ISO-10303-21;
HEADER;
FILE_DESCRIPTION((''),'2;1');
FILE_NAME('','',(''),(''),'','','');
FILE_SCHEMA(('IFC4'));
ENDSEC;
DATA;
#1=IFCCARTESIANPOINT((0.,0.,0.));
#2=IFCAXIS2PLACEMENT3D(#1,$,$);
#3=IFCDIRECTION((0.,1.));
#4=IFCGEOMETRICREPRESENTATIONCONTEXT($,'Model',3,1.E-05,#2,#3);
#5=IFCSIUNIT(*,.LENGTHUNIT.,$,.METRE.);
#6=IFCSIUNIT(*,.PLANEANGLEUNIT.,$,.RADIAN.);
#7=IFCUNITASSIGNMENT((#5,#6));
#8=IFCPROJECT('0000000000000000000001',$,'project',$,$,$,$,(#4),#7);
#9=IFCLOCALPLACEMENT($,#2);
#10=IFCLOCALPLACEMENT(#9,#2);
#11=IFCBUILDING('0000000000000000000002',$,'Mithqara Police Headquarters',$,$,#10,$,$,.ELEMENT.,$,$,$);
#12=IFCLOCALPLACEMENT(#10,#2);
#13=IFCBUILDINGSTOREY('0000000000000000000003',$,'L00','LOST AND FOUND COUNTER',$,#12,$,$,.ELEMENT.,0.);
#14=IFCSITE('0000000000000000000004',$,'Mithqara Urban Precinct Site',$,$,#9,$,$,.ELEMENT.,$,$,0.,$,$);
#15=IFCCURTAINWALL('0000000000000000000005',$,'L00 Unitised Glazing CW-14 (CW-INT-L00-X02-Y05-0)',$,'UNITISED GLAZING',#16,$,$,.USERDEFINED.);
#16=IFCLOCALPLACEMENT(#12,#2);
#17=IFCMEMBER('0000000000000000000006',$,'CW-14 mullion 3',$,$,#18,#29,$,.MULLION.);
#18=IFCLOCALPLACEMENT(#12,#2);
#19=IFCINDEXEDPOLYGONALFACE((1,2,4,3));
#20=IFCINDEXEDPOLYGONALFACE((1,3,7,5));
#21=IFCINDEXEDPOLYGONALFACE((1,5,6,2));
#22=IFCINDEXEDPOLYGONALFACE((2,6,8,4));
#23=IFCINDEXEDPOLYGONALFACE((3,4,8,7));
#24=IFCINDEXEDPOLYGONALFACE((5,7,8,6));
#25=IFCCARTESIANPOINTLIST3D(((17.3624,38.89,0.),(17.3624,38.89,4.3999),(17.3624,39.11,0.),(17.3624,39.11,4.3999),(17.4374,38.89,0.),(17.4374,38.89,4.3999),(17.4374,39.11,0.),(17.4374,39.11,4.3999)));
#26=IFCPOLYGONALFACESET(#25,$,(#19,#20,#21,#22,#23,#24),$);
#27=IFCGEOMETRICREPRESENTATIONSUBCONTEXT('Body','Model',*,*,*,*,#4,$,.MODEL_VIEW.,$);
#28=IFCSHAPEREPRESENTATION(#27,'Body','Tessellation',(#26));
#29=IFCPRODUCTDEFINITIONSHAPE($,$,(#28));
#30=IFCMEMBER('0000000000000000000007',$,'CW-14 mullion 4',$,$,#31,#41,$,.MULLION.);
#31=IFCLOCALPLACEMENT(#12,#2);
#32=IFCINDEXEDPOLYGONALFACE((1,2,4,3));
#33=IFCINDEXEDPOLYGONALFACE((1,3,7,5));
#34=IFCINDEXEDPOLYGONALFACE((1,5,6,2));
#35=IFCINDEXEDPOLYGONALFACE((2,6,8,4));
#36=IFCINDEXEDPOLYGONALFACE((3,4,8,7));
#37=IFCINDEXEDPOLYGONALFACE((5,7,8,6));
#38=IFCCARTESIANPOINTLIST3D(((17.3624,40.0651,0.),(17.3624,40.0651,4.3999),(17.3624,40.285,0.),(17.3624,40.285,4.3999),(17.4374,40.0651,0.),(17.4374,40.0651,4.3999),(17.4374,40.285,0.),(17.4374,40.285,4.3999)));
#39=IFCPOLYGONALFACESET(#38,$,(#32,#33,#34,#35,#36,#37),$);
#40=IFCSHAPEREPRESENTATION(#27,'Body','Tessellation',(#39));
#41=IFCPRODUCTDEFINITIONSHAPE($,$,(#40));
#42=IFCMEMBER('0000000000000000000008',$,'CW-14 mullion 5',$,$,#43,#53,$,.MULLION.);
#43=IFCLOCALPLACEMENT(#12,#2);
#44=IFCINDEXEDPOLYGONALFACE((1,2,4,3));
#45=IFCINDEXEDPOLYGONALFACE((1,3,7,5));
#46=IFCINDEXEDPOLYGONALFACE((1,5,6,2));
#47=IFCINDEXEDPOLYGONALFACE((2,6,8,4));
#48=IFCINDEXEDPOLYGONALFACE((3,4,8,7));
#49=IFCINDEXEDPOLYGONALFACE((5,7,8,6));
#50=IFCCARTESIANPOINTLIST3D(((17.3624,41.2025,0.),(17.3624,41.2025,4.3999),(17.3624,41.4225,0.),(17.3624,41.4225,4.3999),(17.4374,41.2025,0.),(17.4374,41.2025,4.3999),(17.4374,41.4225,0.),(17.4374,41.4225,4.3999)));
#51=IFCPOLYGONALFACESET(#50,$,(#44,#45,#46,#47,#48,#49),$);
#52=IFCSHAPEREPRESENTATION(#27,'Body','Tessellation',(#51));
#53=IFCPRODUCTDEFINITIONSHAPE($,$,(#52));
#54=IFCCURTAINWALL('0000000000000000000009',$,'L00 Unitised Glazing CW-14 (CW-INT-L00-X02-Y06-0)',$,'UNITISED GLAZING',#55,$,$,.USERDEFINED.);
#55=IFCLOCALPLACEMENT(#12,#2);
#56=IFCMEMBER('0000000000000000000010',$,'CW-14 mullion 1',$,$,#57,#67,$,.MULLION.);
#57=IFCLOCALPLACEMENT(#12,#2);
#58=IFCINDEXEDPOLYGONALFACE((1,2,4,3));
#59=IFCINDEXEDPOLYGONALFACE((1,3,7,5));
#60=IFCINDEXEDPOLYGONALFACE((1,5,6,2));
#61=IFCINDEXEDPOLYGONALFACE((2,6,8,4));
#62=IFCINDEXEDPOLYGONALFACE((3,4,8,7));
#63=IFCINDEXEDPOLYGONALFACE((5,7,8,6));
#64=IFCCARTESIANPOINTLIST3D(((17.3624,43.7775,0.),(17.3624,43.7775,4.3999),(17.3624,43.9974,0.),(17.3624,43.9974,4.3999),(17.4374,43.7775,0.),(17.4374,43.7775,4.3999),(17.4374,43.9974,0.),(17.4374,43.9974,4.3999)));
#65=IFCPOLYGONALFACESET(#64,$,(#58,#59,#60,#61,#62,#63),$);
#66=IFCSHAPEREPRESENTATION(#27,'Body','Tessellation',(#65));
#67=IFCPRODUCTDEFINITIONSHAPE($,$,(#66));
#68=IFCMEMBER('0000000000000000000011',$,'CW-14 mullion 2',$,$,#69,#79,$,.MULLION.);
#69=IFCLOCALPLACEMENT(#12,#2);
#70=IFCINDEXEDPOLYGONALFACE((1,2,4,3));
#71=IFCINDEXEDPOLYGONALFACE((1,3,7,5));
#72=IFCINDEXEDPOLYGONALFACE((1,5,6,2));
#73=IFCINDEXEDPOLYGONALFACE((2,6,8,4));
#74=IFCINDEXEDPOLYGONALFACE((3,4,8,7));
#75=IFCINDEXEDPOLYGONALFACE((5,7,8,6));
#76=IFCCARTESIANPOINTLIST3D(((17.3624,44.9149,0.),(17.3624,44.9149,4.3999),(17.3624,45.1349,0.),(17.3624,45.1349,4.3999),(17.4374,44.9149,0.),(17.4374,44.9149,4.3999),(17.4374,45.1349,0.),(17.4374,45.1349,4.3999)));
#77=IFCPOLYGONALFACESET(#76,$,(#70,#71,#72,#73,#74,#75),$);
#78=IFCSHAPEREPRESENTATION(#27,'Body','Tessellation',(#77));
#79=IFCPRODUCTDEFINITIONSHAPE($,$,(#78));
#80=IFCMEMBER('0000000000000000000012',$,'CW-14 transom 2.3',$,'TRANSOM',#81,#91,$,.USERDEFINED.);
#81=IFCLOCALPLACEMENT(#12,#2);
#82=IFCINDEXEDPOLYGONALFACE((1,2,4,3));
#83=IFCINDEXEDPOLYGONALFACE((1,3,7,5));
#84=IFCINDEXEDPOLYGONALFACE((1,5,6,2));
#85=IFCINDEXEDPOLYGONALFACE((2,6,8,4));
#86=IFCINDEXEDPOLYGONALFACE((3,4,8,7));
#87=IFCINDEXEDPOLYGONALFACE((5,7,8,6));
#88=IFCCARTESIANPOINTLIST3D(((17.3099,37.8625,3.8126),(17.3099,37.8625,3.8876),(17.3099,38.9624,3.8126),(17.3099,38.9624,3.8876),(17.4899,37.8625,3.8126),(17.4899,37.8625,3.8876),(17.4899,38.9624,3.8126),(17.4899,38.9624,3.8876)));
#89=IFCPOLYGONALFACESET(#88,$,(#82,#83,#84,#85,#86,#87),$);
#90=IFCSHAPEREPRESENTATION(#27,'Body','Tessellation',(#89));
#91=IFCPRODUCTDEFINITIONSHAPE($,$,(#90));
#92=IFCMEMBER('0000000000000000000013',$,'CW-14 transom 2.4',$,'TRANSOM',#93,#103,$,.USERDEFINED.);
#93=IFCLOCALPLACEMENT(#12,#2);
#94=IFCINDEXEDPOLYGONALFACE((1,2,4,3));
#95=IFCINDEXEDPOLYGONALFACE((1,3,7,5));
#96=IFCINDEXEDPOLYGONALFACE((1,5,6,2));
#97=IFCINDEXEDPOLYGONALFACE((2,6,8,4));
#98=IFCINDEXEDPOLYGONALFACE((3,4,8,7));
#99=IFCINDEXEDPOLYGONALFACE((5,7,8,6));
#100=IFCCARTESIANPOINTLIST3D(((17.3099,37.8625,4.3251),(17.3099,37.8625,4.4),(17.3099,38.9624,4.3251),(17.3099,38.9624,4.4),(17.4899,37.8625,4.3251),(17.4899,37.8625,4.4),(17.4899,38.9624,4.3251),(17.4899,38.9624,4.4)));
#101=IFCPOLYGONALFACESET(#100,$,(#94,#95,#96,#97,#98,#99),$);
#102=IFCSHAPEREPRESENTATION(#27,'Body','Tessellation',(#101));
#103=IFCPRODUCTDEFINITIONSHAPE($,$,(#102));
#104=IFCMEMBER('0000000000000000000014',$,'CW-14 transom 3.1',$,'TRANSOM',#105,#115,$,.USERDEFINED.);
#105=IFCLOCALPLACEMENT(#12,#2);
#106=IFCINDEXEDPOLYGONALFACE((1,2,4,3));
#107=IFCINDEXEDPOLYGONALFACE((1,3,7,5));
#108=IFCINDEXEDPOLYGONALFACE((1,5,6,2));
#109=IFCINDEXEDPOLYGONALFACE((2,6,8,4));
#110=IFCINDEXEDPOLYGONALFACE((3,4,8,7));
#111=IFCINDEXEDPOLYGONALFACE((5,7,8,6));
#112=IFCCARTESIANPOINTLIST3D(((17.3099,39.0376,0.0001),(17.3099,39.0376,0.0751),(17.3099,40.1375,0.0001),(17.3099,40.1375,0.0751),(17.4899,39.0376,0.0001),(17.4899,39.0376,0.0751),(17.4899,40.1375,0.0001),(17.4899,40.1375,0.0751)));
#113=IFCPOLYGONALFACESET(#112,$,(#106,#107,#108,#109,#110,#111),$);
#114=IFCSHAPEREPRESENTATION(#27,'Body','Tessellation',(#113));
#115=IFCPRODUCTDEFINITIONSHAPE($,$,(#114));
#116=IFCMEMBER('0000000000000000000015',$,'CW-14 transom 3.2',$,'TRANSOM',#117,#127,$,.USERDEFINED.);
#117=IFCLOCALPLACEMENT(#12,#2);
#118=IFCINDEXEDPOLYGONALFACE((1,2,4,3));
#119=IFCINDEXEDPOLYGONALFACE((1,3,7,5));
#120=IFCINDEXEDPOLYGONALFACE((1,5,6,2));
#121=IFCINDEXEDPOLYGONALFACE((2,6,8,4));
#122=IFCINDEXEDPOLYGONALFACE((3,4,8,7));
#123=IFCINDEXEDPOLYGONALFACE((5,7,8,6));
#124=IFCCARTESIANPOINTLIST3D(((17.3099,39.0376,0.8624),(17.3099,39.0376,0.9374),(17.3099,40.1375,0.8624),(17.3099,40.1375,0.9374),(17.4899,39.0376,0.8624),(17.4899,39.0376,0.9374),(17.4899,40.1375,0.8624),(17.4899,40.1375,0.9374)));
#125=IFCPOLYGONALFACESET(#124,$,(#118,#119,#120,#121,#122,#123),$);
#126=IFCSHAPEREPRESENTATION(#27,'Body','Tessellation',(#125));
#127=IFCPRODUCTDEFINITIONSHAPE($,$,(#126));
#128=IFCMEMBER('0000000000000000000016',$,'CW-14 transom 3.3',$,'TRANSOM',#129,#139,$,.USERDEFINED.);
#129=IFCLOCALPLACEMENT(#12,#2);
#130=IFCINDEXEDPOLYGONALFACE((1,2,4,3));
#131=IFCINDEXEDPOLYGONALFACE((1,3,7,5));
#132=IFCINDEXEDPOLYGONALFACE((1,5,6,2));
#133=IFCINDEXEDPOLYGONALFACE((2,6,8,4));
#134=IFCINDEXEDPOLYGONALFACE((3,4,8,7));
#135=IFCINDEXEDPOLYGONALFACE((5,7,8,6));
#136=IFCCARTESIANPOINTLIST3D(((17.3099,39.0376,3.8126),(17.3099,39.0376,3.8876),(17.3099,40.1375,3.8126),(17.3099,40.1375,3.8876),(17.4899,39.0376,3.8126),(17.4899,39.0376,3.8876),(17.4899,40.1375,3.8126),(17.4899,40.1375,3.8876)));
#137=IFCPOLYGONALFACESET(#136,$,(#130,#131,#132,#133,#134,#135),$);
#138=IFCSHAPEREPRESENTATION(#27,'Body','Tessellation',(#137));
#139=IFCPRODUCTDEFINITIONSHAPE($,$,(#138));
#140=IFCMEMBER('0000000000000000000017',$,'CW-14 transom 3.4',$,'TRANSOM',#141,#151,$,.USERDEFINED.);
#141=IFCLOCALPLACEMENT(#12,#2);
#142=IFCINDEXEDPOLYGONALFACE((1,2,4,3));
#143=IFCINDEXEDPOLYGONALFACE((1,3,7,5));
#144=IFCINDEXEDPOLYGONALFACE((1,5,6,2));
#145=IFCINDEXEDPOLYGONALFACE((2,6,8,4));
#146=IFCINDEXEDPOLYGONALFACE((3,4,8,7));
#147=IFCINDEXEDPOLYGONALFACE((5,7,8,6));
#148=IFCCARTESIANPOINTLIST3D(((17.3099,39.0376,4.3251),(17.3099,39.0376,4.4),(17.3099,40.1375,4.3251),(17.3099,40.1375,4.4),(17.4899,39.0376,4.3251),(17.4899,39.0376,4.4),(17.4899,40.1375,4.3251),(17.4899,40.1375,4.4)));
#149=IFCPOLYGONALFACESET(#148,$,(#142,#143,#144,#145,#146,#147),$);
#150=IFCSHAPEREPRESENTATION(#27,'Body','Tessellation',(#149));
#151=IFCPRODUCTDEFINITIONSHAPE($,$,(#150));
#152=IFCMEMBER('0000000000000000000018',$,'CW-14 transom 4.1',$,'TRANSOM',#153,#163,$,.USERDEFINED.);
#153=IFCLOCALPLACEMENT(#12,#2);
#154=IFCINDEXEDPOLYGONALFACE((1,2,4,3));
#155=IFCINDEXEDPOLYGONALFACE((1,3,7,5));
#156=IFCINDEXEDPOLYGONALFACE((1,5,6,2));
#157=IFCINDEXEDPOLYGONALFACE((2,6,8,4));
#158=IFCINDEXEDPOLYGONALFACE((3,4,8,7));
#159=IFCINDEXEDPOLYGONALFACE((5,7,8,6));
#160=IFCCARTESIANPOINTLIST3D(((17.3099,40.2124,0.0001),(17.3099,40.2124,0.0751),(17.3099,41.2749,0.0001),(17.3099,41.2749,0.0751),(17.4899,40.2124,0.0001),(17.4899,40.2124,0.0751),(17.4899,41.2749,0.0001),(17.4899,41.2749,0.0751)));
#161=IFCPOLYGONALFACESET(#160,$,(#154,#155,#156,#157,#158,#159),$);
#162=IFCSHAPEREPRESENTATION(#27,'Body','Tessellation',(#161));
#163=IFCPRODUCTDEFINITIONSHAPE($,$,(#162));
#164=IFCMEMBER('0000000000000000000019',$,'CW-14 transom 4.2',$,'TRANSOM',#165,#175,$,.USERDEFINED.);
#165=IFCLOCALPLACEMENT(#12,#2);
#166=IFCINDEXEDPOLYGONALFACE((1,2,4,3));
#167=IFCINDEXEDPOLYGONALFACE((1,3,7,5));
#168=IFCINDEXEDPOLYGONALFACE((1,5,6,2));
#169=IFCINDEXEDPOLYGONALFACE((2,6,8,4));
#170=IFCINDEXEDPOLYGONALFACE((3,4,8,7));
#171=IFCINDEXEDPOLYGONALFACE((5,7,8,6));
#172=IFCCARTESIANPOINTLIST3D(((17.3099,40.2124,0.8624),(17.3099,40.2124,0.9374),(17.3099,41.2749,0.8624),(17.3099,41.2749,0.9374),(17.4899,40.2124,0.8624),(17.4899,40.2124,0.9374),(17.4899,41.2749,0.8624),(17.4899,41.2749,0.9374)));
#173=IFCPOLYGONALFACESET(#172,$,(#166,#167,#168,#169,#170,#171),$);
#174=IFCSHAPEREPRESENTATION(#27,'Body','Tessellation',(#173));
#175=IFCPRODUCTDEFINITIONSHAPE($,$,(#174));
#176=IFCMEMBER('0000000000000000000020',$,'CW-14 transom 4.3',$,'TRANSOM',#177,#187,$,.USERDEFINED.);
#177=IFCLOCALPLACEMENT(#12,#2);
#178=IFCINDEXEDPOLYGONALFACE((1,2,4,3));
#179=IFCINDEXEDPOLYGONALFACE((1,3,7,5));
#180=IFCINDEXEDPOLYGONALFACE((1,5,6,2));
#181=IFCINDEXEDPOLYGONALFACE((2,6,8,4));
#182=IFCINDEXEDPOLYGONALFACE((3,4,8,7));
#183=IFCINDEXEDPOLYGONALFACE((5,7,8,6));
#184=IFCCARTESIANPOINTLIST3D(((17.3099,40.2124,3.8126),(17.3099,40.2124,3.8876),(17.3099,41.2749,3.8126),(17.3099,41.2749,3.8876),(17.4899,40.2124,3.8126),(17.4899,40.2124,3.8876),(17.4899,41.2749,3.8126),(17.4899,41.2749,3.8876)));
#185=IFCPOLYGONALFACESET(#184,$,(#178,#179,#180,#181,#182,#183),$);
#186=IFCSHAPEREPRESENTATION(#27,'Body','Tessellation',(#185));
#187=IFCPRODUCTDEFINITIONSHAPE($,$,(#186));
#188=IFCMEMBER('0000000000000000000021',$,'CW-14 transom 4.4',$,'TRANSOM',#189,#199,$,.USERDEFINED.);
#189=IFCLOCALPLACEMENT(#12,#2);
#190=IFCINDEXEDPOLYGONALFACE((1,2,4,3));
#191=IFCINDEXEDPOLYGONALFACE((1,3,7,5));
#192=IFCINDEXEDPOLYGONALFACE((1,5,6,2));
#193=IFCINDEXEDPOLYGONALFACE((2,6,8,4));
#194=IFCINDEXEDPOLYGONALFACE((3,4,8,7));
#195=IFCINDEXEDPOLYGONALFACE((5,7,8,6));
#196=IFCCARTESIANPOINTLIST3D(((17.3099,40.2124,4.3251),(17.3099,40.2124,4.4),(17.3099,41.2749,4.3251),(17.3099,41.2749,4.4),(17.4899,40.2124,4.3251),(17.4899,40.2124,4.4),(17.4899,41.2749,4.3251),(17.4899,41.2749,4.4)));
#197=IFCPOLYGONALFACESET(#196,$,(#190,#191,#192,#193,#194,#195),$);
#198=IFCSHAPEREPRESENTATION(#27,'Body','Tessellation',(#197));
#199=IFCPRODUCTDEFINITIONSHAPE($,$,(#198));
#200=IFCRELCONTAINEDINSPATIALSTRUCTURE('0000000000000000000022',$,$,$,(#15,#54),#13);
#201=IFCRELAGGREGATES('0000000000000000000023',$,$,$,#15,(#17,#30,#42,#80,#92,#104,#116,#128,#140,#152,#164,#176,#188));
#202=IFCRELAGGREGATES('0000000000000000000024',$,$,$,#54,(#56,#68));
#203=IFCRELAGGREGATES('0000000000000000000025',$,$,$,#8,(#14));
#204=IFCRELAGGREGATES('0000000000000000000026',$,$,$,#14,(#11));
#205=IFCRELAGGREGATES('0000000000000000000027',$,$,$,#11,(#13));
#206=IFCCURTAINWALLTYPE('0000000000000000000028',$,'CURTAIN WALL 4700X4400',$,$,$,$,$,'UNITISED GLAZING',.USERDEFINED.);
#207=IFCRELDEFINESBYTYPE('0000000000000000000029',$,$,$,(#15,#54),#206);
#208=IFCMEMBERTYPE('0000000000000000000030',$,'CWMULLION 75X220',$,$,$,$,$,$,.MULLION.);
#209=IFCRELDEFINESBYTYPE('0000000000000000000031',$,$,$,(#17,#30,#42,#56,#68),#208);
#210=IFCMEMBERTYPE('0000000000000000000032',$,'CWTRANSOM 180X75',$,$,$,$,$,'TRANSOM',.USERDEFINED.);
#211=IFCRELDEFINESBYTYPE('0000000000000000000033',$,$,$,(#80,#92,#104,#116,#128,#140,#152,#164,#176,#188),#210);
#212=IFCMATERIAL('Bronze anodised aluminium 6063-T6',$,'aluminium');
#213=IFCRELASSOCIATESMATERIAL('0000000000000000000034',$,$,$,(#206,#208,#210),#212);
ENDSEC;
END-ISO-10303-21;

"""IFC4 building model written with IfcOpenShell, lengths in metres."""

from ifc_helpers import new_model, si_unit, direction, frame, origin, origin_2d, place, context, subcontext, project, spatial, rectangle, extrude, material, material_profile, profile_set, type_object, element, aggregate, save


model = new_model("IFC4")

# Units and contexts
model_context = context("Model", 3, precision=1e-05, world=origin(), true_north=direction((0.0, 1.0)))
body_context = subcontext(model_context, "Body", "Model", "MODEL_VIEW")
ifc_project = project(units=[si_unit("LENGTHUNIT", "METRE"), si_unit("PLANEANGLEUNIT", "RADIAN")], contexts=[model_context])

# Site, building, storey
site_placement = place(None, origin())
site = spatial("IfcSite", under=ifc_project, at=site_placement, Name="Mithqara Urban Precinct Site", CompositionType="ELEMENT", RefElevation=0.0)
building_placement = place(site_placement, origin())
building = spatial("IfcBuilding", under=site, at=building_placement, Name="Mithqara Police Headquarters", CompositionType="ELEMENT")
storey_placement = place(building_placement, origin())
storey = spatial("IfcBuildingStorey", under=building, at=storey_placement, Name="L00", Description="LOST AND FOUND COUNTER", CompositionType="ELEMENT", Elevation=0.0)

# Curtain walls, members
ifc_material_1 = material(Name="Bronze anodised aluminium 6063-T6", Category="aluminium")
curtain_wall_type = type_object("IfcCurtainWallType", Name="CURTAIN WALL 4700X4400", ElementType="UNITISED GLAZING", PredefinedType="USERDEFINED", material=ifc_material_1)
curtain_wall_1_placement = place(storey_placement, origin())
curtain_wall_1 = element("IfcCurtainWall", 1, at=curtain_wall_1_placement, inside=storey, type_object=curtain_wall_type, Name="L00 Unitised Glazing CW-14 (CW-INT-L00-X02-Y05-0)", ObjectType="UNITISED GLAZING", PredefinedType="USERDEFINED")
ifc_material_profile_1 = material_profile(ifc_material_1, rectangle(XDim=0.075, YDim=0.22, at=origin_2d()), Name="CWM 75x220")
ifc_profile_set_1 = profile_set([ifc_material_profile_1], Name="Bronze anodised aluminium 6063-T6")
member_type_1 = type_object("IfcMemberType", Name="CWMULLION 75X220", PredefinedType="MULLION", material=ifc_profile_set_1)
member_1_placement = place(storey_placement, frame((17.3999, 39.0, 0.0), z_axis=(0.0, 0.0, 1.0), x_axis=(-1.0, 0.0, 0.0)))
member_1 = element("IfcMember", 2, at=member_1_placement, type_object=member_type_1, Name="CW-14 mullion 3", PredefinedType="MULLION", context=body_context, shape_type="SweptSolid", body=[
    extrude(rectangle(XDim=0.075, YDim=0.22, at=origin_2d()), origin(), (0.0, 0.0, 1.0), 4.3999),
])
member_2_placement = place(storey_placement, frame((17.3999, 40.175, 0.0), z_axis=(0.0, 0.0, 1.0), x_axis=(-1.0, 0.0, 0.0)))
member_2 = element("IfcMember", 3, at=member_2_placement, type_object=member_type_1, Name="CW-14 mullion 4", PredefinedType="MULLION", context=body_context, shape_type="SweptSolid", body=[
    extrude(rectangle(XDim=0.075, YDim=0.22, at=origin_2d()), origin(), (0.0, 0.0, 1.0), 4.3999),
])
member_3_placement = place(storey_placement, frame((17.3999, 41.3125, 0.0), z_axis=(0.0, 0.0, 1.0), x_axis=(-1.0, 0.0, 0.0)))
member_3 = element("IfcMember", 4, at=member_3_placement, type_object=member_type_1, Name="CW-14 mullion 5", PredefinedType="MULLION", context=body_context, shape_type="SweptSolid", body=[
    extrude(rectangle(XDim=0.075, YDim=0.22, at=origin_2d()), origin(), (0.0, 0.0, 1.0), 4.3999),
])
curtain_wall_2_placement = place(storey_placement, origin())
curtain_wall_2 = element("IfcCurtainWall", 5, at=curtain_wall_2_placement, inside=storey, type_object=curtain_wall_type, Name="L00 Unitised Glazing CW-14 (CW-INT-L00-X02-Y06-0)", ObjectType="UNITISED GLAZING", PredefinedType="USERDEFINED")
member_4_placement = place(storey_placement, frame((17.3999, 43.8875, 0.0), z_axis=(0.0, 0.0, 1.0), x_axis=(-1.0, 0.0, 0.0)))
member_4 = element("IfcMember", 6, at=member_4_placement, type_object=member_type_1, Name="CW-14 mullion 1", PredefinedType="MULLION", context=body_context, shape_type="SweptSolid", body=[
    extrude(rectangle(XDim=0.075, YDim=0.22, at=origin_2d()), origin(), (0.0, 0.0, 1.0), 4.3999),
])
member_5_placement = place(storey_placement, frame((17.3999, 45.0249, 0.0), z_axis=(0.0, 0.0, 1.0), x_axis=(-1.0, 0.0, 0.0)))
member_5 = element("IfcMember", 7, at=member_5_placement, type_object=member_type_1, Name="CW-14 mullion 2", PredefinedType="MULLION", context=body_context, shape_type="SweptSolid", body=[
    extrude(rectangle(XDim=0.075, YDim=0.22, at=origin_2d()), origin(), (0.0, 0.0, 1.0), 4.3999),
])

# Members
ifc_material_profile_2 = material_profile(ifc_material_1, rectangle(XDim=0.1799, YDim=0.075, at=origin_2d()), Name="CWT 180x75")
ifc_profile_set_2 = profile_set([ifc_material_profile_2], Name="Bronze anodised aluminium 6063-T6")
member_type_2 = type_object("IfcMemberType", Name="CWTRANSOM 180X75", ElementType="TRANSOM", PredefinedType="USERDEFINED", material=ifc_profile_set_2)
member_6_placement = place(storey_placement, frame((17.3999, 37.8625, 3.8501), z_axis=(0.0, 1.0, 0.0), x_axis=(-1.0, 0.0, 0.0)))
member_6 = element("IfcMember", 8, at=member_6_placement, type_object=member_type_2, Name="CW-14 transom 2.3", ObjectType="TRANSOM", PredefinedType="USERDEFINED", context=body_context, shape_type="SweptSolid", body=[
    extrude(rectangle(XDim=0.1799, YDim=0.075, at=origin_2d()), origin(), (0.0, 0.0, 1.0), 1.0999),
])
member_7_placement = place(storey_placement, frame((17.3999, 37.8625, 4.3625), z_axis=(0.0, 1.0, 0.0), x_axis=(-1.0, 0.0, 0.0)))
member_7 = element("IfcMember", 9, at=member_7_placement, type_object=member_type_2, Name="CW-14 transom 2.4", ObjectType="TRANSOM", PredefinedType="USERDEFINED", context=body_context, shape_type="SweptSolid", body=[
    extrude(rectangle(XDim=0.1799, YDim=0.075, at=origin_2d()), origin(), (0.0, 0.0, 1.0), 1.0999),
])
member_8_placement = place(storey_placement, frame((17.3999, 39.0376, 0.0376), z_axis=(0.0, 1.0, 0.0), x_axis=(-1.0, 0.0, 0.0)))
member_8 = element("IfcMember", 10, at=member_8_placement, type_object=member_type_2, Name="CW-14 transom 3.1", ObjectType="TRANSOM", PredefinedType="USERDEFINED", context=body_context, shape_type="SweptSolid", body=[
    extrude(rectangle(XDim=0.1799, YDim=0.075, at=origin_2d()), origin(), (0.0, 0.0, 1.0), 1.0999),
])
member_9_placement = place(storey_placement, frame((17.3999, 39.0376, 0.8999), z_axis=(0.0, 1.0, 0.0), x_axis=(-1.0, 0.0, 0.0)))
member_9 = element("IfcMember", 11, at=member_9_placement, type_object=member_type_2, Name="CW-14 transom 3.2", ObjectType="TRANSOM", PredefinedType="USERDEFINED", context=body_context, shape_type="SweptSolid", body=[
    extrude(rectangle(XDim=0.1799, YDim=0.075, at=origin_2d()), origin(), (0.0, 0.0, 1.0), 1.0999),
])
member_10_placement = place(storey_placement, frame((17.3999, 39.0376, 3.8501), z_axis=(0.0, 1.0, 0.0), x_axis=(-1.0, 0.0, 0.0)))
member_10 = element("IfcMember", 12, at=member_10_placement, type_object=member_type_2, Name="CW-14 transom 3.3", ObjectType="TRANSOM", PredefinedType="USERDEFINED", context=body_context, shape_type="SweptSolid", body=[
    extrude(rectangle(XDim=0.1799, YDim=0.075, at=origin_2d()), origin(), (0.0, 0.0, 1.0), 1.0999),
])
member_11_placement = place(storey_placement, frame((17.3999, 39.0376, 4.3625), z_axis=(0.0, 1.0, 0.0), x_axis=(-1.0, 0.0, 0.0)))
member_11 = element("IfcMember", 13, at=member_11_placement, type_object=member_type_2, Name="CW-14 transom 3.4", ObjectType="TRANSOM", PredefinedType="USERDEFINED", context=body_context, shape_type="SweptSolid", body=[
    extrude(rectangle(XDim=0.1799, YDim=0.075, at=origin_2d()), origin(), (0.0, 0.0, 1.0), 1.0999),
])
member_12_placement = place(storey_placement, frame((17.3999, 40.2124, 0.0376), z_axis=(0.0, 1.0, 0.0), x_axis=(-1.0, 0.0, 0.0)))
member_12 = element("IfcMember", 14, at=member_12_placement, type_object=member_type_2, Name="CW-14 transom 4.1", ObjectType="TRANSOM", PredefinedType="USERDEFINED", context=body_context, shape_type="SweptSolid", body=[
    extrude(rectangle(XDim=0.1799, YDim=0.075, at=origin_2d()), origin(), (0.0, 0.0, 1.0), 1.0625),
])
member_13_placement = place(storey_placement, frame((17.3999, 40.2124, 0.8999), z_axis=(0.0, 1.0, 0.0), x_axis=(-1.0, 0.0, 0.0)))
member_13 = element("IfcMember", 15, at=member_13_placement, type_object=member_type_2, Name="CW-14 transom 4.2", ObjectType="TRANSOM", PredefinedType="USERDEFINED", context=body_context, shape_type="SweptSolid", body=[
    extrude(rectangle(XDim=0.1799, YDim=0.075, at=origin_2d()), origin(), (0.0, 0.0, 1.0), 1.0625),
])
member_14_placement = place(storey_placement, frame((17.3999, 40.2124, 3.8501), z_axis=(0.0, 1.0, 0.0), x_axis=(-1.0, 0.0, 0.0)))
member_14 = element("IfcMember", 16, at=member_14_placement, type_object=member_type_2, Name="CW-14 transom 4.3", ObjectType="TRANSOM", PredefinedType="USERDEFINED", context=body_context, shape_type="SweptSolid", body=[
    extrude(rectangle(XDim=0.1799, YDim=0.075, at=origin_2d()), origin(), (0.0, 0.0, 1.0), 1.0625),
])
member_15_placement = place(storey_placement, frame((17.3999, 40.2124, 4.3625), z_axis=(0.0, 1.0, 0.0), x_axis=(-1.0, 0.0, 0.0)))
member_15 = element("IfcMember", 17, at=member_15_placement, type_object=member_type_2, Name="CW-14 transom 4.4", ObjectType="TRANSOM", PredefinedType="USERDEFINED", context=body_context, shape_type="SweptSolid", body=[
    extrude(rectangle(XDim=0.1799, YDim=0.075, at=origin_2d()), origin(), (0.0, 0.0, 1.0), 1.0625),
])

aggregate(curtain_wall_1, [member_1, member_2, member_3, member_6, member_7, member_8, member_9, member_10, member_11, member_12, member_13, member_14, member_15])
aggregate(curtain_wall_2, [member_4, member_5])

save(model, "model.ifc")
